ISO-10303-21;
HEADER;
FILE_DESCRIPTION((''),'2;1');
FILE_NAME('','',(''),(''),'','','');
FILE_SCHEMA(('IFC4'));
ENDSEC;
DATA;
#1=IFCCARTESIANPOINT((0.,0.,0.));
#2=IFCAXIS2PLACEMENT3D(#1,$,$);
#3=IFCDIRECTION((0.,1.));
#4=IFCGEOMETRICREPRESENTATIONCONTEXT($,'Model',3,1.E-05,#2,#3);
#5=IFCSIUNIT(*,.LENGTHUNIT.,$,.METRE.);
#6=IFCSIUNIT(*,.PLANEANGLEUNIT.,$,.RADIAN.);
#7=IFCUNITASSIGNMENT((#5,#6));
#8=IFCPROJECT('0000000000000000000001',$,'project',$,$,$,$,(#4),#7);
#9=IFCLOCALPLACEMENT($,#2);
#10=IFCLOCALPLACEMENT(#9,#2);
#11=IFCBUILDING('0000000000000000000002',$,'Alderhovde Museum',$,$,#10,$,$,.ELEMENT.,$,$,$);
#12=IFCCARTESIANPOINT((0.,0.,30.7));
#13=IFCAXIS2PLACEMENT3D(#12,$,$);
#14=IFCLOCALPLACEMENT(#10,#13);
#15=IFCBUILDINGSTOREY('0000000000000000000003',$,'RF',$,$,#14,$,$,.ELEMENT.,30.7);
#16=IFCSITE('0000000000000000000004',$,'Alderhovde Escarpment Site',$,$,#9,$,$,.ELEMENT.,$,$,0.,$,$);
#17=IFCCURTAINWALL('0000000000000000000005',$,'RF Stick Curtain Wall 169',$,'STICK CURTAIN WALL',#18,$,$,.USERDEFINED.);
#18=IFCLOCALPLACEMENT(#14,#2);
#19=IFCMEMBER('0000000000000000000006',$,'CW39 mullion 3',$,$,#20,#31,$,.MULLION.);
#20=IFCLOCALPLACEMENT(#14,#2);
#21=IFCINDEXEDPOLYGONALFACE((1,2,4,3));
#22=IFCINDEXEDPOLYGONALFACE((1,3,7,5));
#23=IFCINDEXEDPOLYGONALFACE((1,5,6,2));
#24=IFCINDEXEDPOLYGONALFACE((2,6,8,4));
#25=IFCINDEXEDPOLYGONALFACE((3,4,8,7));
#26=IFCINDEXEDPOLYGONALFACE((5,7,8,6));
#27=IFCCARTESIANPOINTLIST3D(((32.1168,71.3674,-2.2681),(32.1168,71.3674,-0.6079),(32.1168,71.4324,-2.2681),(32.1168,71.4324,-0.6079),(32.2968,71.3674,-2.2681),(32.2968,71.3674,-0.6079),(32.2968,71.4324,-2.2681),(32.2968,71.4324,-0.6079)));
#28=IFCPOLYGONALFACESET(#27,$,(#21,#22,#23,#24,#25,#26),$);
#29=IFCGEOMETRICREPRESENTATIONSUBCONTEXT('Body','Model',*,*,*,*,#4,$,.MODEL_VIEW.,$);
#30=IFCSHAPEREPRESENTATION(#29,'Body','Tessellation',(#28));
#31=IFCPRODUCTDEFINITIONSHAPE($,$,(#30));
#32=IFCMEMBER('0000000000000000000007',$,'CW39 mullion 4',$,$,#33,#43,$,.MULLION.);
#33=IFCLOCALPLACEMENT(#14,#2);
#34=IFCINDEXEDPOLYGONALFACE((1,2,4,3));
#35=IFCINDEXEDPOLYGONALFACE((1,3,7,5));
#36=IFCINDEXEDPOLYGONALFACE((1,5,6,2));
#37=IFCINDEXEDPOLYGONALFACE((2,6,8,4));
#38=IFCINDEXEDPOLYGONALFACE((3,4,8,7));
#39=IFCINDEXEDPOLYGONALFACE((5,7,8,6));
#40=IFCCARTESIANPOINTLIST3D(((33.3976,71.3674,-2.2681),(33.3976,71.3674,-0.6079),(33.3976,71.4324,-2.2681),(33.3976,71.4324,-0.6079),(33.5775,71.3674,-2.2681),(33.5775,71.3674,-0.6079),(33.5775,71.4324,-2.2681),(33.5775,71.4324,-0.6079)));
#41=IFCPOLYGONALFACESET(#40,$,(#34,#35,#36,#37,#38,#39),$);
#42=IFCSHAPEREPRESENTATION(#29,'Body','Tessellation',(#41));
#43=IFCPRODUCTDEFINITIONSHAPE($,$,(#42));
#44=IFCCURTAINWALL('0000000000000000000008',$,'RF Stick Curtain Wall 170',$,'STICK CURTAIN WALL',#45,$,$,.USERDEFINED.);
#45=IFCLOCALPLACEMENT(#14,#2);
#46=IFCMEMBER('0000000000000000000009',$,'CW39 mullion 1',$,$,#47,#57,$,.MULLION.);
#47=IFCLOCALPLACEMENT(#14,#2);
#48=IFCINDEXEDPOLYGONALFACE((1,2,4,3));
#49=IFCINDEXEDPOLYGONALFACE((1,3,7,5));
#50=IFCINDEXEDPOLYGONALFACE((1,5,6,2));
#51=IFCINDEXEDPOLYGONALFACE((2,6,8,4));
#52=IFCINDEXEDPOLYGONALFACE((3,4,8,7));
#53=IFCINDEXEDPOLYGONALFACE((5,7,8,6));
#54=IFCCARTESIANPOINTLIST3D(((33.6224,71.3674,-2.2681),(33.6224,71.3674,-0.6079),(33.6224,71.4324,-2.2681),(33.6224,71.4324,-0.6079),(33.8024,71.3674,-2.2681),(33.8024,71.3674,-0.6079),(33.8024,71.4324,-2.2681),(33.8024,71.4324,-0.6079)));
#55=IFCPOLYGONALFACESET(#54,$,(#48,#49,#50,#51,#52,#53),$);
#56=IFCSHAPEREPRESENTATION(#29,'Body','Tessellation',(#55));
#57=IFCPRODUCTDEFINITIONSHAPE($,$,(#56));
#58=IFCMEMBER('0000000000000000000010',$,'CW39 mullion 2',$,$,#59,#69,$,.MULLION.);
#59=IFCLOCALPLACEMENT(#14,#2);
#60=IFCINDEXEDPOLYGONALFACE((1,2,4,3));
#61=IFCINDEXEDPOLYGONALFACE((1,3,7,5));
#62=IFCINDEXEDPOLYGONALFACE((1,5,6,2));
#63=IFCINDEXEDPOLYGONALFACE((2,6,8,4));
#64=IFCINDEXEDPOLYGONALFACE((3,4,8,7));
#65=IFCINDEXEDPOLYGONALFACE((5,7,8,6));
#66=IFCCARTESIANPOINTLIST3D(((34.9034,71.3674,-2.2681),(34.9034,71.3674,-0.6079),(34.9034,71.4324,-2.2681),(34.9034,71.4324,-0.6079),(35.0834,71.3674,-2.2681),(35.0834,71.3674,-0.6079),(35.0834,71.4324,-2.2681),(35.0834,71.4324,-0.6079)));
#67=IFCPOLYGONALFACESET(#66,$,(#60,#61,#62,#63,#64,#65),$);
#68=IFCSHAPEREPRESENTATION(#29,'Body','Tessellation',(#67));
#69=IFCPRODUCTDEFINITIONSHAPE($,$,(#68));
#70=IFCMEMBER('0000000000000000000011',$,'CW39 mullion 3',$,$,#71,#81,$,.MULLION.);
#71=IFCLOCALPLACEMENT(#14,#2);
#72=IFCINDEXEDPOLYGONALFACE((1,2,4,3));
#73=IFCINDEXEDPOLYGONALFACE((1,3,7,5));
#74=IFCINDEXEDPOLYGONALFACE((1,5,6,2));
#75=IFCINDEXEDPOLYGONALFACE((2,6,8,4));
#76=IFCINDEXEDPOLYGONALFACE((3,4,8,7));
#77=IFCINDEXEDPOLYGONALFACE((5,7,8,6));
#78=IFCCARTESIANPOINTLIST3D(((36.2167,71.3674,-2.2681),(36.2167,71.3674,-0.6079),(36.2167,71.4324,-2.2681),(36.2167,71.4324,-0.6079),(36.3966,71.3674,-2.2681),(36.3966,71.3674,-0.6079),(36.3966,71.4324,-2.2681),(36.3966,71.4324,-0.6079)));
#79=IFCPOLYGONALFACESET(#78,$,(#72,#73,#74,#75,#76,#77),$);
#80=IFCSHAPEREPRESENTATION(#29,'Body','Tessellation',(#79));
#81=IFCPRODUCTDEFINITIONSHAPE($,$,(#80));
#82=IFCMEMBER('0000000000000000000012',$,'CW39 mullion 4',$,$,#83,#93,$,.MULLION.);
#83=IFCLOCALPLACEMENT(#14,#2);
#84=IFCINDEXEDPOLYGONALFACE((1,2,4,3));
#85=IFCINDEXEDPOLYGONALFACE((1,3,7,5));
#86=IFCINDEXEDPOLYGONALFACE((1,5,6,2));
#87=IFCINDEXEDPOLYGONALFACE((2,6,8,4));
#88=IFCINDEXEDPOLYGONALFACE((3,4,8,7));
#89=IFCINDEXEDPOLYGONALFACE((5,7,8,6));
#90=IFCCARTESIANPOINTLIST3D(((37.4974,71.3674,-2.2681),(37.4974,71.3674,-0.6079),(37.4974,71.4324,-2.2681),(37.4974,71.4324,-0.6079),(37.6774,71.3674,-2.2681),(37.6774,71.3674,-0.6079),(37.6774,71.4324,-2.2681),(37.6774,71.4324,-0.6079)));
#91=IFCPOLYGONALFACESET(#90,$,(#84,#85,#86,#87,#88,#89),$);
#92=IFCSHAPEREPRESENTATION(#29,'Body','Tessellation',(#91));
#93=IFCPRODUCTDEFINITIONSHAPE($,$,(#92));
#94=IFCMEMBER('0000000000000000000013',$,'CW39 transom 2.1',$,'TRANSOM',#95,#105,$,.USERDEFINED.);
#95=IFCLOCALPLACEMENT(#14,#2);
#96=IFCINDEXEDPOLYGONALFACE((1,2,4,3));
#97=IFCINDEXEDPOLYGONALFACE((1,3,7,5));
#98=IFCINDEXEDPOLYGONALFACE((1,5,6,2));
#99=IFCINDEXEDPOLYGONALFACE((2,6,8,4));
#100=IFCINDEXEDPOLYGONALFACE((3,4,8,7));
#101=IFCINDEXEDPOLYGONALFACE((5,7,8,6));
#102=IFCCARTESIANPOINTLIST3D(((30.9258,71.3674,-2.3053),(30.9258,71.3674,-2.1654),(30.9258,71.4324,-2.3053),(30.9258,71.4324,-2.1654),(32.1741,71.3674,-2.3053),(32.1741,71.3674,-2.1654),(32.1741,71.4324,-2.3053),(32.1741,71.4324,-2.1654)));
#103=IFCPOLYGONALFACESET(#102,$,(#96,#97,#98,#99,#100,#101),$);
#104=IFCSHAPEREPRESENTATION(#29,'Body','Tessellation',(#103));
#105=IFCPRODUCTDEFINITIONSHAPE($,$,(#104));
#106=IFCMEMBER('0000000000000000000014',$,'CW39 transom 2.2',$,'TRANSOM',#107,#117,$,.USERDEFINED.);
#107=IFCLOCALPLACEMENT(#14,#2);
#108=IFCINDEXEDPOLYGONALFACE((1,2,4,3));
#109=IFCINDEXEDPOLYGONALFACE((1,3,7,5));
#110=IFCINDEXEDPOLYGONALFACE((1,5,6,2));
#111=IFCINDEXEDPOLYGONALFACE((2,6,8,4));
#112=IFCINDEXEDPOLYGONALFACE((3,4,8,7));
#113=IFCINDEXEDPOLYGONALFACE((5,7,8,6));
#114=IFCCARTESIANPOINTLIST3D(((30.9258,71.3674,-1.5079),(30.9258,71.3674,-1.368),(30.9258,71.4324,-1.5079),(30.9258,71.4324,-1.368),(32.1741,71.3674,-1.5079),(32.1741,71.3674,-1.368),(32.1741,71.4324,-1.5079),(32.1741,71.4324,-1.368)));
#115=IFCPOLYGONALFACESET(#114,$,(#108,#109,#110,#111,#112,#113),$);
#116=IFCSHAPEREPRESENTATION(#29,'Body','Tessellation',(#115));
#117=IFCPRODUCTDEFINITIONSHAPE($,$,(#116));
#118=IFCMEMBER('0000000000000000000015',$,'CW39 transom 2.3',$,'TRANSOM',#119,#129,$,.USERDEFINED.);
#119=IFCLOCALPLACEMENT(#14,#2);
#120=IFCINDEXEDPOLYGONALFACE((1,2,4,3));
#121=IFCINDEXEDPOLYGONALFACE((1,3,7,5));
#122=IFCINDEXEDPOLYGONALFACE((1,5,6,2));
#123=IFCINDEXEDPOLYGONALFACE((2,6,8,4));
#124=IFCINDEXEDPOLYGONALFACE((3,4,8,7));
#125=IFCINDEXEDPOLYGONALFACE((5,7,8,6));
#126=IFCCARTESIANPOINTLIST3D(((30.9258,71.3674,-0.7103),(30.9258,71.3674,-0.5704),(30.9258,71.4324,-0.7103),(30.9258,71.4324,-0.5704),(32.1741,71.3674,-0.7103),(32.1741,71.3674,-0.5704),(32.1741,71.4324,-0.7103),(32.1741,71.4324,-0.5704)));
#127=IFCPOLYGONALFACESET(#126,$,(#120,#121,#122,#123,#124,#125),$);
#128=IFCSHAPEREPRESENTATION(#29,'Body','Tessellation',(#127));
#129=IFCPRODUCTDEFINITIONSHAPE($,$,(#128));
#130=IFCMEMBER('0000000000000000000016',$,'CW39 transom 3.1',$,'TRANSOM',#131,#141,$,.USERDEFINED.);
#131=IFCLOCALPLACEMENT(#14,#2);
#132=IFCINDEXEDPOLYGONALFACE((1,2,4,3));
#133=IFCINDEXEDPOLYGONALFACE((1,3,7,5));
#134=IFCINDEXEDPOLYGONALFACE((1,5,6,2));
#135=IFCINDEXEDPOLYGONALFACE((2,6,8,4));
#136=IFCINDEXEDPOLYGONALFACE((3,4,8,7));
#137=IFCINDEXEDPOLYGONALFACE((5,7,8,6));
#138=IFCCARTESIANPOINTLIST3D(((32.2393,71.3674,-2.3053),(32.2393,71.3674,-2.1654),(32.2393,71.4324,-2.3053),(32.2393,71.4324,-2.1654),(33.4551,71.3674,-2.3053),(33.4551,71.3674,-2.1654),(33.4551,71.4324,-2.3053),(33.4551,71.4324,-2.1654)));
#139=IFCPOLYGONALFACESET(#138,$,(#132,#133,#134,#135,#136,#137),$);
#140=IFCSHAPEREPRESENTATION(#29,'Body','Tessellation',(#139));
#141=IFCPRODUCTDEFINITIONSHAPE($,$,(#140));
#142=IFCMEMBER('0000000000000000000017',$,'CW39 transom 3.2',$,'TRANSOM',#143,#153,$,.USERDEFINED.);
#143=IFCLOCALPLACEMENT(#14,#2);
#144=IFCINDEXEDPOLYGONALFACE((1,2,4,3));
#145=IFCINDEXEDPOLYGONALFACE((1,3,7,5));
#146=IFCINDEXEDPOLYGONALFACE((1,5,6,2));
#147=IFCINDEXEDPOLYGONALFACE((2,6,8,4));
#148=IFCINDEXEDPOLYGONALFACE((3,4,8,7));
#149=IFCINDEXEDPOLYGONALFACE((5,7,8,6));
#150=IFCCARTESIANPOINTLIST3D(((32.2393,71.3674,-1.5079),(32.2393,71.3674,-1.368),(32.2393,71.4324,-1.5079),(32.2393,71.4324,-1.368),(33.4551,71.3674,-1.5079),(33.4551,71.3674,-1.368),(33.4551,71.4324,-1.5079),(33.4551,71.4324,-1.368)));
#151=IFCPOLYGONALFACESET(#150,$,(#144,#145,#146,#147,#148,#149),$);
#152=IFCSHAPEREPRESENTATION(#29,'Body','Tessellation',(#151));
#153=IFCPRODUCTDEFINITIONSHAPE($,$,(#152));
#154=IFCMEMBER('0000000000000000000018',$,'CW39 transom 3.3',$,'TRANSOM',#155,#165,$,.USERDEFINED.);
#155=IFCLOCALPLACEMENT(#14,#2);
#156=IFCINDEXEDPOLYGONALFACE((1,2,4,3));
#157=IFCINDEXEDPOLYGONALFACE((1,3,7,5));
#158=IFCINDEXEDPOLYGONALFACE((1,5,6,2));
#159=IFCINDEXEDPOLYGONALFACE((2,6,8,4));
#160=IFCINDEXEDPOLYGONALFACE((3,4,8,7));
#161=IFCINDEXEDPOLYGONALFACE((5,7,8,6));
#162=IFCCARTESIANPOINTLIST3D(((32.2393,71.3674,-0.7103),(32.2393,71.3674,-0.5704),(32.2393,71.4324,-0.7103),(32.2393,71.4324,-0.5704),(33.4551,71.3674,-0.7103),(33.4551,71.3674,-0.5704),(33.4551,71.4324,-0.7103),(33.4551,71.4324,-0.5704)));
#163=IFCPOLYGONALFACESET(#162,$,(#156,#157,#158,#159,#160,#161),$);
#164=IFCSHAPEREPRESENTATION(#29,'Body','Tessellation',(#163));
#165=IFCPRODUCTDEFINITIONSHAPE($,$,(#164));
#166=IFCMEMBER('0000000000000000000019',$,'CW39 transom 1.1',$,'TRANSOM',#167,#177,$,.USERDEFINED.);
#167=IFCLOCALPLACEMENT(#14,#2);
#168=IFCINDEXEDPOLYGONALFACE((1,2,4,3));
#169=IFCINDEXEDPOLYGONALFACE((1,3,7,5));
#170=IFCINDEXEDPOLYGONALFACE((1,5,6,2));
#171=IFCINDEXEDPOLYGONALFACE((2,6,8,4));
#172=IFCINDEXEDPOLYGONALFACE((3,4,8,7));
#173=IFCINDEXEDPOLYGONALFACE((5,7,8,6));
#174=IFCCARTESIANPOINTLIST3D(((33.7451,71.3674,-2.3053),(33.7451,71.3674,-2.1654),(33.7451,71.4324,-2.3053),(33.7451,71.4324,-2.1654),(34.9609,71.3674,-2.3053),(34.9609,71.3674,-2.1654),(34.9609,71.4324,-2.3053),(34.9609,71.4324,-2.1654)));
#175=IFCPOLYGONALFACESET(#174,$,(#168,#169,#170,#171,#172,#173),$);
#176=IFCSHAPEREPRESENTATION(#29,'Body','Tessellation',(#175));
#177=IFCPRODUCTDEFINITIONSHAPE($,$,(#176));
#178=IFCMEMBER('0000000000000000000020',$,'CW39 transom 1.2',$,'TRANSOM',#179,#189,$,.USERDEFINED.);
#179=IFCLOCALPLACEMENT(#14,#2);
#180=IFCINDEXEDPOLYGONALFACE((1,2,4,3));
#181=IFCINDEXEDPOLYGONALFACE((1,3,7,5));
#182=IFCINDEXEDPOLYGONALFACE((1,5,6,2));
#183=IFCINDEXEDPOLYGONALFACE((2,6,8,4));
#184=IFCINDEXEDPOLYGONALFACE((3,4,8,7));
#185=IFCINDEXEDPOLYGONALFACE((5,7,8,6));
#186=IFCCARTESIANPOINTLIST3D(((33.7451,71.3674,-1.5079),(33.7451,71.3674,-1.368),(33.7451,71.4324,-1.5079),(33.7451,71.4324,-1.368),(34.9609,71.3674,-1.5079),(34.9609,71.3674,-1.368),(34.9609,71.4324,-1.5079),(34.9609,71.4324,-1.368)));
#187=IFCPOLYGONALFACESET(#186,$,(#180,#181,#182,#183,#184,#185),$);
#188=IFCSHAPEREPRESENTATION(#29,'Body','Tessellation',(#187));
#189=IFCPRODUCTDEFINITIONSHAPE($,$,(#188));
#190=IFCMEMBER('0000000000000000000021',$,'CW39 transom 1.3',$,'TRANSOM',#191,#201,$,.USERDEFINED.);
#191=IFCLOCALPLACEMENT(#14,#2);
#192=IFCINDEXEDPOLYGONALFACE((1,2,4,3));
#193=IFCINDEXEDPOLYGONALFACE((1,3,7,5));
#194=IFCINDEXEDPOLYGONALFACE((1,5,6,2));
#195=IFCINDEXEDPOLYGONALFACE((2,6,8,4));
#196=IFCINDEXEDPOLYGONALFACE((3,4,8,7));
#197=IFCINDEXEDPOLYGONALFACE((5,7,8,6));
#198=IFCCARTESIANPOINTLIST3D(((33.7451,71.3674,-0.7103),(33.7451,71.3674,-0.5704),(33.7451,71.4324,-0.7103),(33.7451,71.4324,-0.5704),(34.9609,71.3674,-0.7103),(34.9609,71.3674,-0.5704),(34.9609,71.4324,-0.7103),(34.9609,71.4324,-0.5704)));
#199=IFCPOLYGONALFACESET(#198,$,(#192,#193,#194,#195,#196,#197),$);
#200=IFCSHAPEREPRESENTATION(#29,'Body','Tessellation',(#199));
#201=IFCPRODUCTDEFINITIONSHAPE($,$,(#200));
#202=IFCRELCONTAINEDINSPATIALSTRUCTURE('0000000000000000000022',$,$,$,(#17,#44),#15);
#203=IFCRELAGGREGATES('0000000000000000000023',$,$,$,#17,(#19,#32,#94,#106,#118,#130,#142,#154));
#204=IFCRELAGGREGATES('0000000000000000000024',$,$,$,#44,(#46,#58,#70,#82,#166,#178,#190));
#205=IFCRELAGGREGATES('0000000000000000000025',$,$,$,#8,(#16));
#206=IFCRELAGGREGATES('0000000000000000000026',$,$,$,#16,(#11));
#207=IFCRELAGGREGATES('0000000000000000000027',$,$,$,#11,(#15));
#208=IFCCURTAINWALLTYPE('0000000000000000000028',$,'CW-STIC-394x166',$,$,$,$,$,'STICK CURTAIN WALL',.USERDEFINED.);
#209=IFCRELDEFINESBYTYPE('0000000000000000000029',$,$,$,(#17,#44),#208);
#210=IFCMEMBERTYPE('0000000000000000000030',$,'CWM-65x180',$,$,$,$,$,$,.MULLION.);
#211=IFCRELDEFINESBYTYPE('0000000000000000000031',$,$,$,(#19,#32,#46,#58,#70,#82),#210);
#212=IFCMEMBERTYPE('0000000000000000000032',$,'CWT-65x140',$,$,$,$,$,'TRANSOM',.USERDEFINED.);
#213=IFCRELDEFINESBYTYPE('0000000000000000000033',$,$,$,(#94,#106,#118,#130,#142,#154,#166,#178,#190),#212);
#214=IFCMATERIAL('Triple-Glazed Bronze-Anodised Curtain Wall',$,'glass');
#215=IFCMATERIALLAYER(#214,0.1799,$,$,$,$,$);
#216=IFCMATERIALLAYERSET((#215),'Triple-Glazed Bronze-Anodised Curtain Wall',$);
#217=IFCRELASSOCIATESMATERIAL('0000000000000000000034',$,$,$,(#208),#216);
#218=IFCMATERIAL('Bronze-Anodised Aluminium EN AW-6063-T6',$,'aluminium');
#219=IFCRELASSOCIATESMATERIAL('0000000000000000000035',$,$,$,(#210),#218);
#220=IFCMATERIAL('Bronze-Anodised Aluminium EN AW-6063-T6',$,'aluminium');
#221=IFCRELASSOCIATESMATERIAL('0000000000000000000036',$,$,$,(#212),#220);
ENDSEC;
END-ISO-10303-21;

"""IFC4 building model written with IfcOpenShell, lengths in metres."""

from ifc_helpers import new_model, si_unit, direction, frame, origin, origin_2d, place, context, subcontext, project, spatial, rectangle, extrude, material, layer, layer_set, material_profile, profile_set, type_object, element, aggregate, save


model = new_model("IFC4")

# Units and contexts
model_context = context("Model", 3, precision=1e-05, world=origin(), true_north=direction((0.0, 1.0)))
body_context = subcontext(model_context, "Body", "Model", "MODEL_VIEW")
ifc_project = project(units=[si_unit("LENGTHUNIT", "METRE"), si_unit("PLANEANGLEUNIT", "RADIAN")], contexts=[model_context])

# Site, building, storey
site_placement = place(None, origin())
site = spatial("IfcSite", under=ifc_project, at=site_placement, Name="Alderhovde Escarpment Site", CompositionType="ELEMENT", RefElevation=0.0)
building_placement = place(site_placement, origin())
building = spatial("IfcBuilding", under=site, at=building_placement, Name="Alderhovde Museum", CompositionType="ELEMENT")
storey_placement = place(building_placement, frame((0.0, 0.0, 30.7)))
storey = spatial("IfcBuildingStorey", under=building, at=storey_placement, Name="RF", CompositionType="ELEMENT", Elevation=30.7)

# Curtain walls, members
ifc_material_1 = material(Name="Triple-Glazed Bronze-Anodised Curtain Wall", Category="glass")
ifc_layer_1 = layer(ifc_material_1, 0.1799)
ifc_layer_set_1 = layer_set([ifc_layer_1], Name="Triple-Glazed Bronze-Anodised Curtain Wall")
curtain_wall_type = type_object("IfcCurtainWallType", Name="CW-STIC-394x166", ElementType="STICK CURTAIN WALL", PredefinedType="USERDEFINED", material=ifc_layer_set_1)
curtain_wall_1_placement = place(storey_placement, origin())
curtain_wall_1 = element("IfcCurtainWall", 1, at=curtain_wall_1_placement, inside=storey, type_object=curtain_wall_type, Name="RF Stick Curtain Wall 169", ObjectType="STICK CURTAIN WALL", PredefinedType="USERDEFINED")
ifc_material_2 = material(Name="Bronze-Anodised Aluminium EN AW-6063-T6", Category="aluminium")
ifc_material_profile_1 = material_profile(ifc_material_2, rectangle(XDim=0.0649, YDim=0.1799, at=origin_2d()), Name="MULLION 65x180")
ifc_profile_set_1 = profile_set([ifc_material_profile_1], Name="Bronze-Anodised Aluminium EN AW-6063-T6")
member_type_1 = type_object("IfcMemberType", Name="CWM-65x180", PredefinedType="MULLION", material=ifc_profile_set_1)
member_1_placement = place(storey_placement, frame((32.2068, 71.3999, -2.2681), z_axis=(0.0, 0.0, 1.0), x_axis=(0.0, 1.0, 0.0)))
member_1 = element("IfcMember", 2, at=member_1_placement, type_object=member_type_1, Name="CW39 mullion 3", PredefinedType="MULLION", context=body_context, shape_type="SweptSolid", body=[
    extrude(rectangle(XDim=0.0649, YDim=0.1799, at=origin_2d()), origin(), (0.0, 0.0, 1.0), 1.6602),
])
member_2_placement = place(storey_placement, frame((33.4875, 71.3999, -2.2681), z_axis=(0.0, 0.0, 1.0), x_axis=(0.0, 1.0, 0.0)))
member_2 = element("IfcMember", 3, at=member_2_placement, type_object=member_type_1, Name="CW39 mullion 4", PredefinedType="MULLION", context=body_context, shape_type="SweptSolid", body=[
    extrude(rectangle(XDim=0.0649, YDim=0.1799, at=origin_2d()), origin(), (0.0, 0.0, 1.0), 1.6602),
])
curtain_wall_2_placement = place(storey_placement, origin())
curtain_wall_2 = element("IfcCurtainWall", 4, at=curtain_wall_2_placement, inside=storey, type_object=curtain_wall_type, Name="RF Stick Curtain Wall 170", ObjectType="STICK CURTAIN WALL", PredefinedType="USERDEFINED")
member_3_placement = place(storey_placement, frame((33.7124, 71.3999, -2.2681), z_axis=(0.0, 0.0, 1.0), x_axis=(0.0, 1.0, 0.0)))
member_3 = element("IfcMember", 5, at=member_3_placement, type_object=member_type_1, Name="CW39 mullion 1", PredefinedType="MULLION", context=body_context, shape_type="SweptSolid", body=[
    extrude(rectangle(XDim=0.0649, YDim=0.1799, at=origin_2d()), origin(), (0.0, 0.0, 1.0), 1.6602),
])
member_4_placement = place(storey_placement, frame((34.9934, 71.3999, -2.2681), z_axis=(0.0, 0.0, 1.0), x_axis=(0.0, 1.0, 0.0)))
member_4 = element("IfcMember", 6, at=member_4_placement, type_object=member_type_1, Name="CW39 mullion 2", PredefinedType="MULLION", context=body_context, shape_type="SweptSolid", body=[
    extrude(rectangle(XDim=0.0649, YDim=0.1799, at=origin_2d()), origin(), (0.0, 0.0, 1.0), 1.6602),
])
member_5_placement = place(storey_placement, frame((36.3066, 71.3999, -2.2681), z_axis=(0.0, 0.0, 1.0), x_axis=(0.0, 1.0, 0.0)))
member_5 = element("IfcMember", 7, at=member_5_placement, type_object=member_type_1, Name="CW39 mullion 3", PredefinedType="MULLION", context=body_context, shape_type="SweptSolid", body=[
    extrude(rectangle(XDim=0.0649, YDim=0.1799, at=origin_2d()), origin(), (0.0, 0.0, 1.0), 1.6602),
])
member_6_placement = place(storey_placement, frame((37.5874, 71.3999, -2.2681), z_axis=(0.0, 0.0, 1.0), x_axis=(0.0, 1.0, 0.0)))
member_6 = element("IfcMember", 8, at=member_6_placement, type_object=member_type_1, Name="CW39 mullion 4", PredefinedType="MULLION", context=body_context, shape_type="SweptSolid", body=[
    extrude(rectangle(XDim=0.0649, YDim=0.1799, at=origin_2d()), origin(), (0.0, 0.0, 1.0), 1.6602),
])

# Members
ifc_material_3 = material(Name="Bronze-Anodised Aluminium EN AW-6063-T6", Category="aluminium")
ifc_material_profile_2 = material_profile(ifc_material_3, rectangle(XDim=0.0649, YDim=0.1399, at=origin_2d()), Name="TRANSOM 65x140")
ifc_profile_set_2 = profile_set([ifc_material_profile_2], Name="Bronze-Anodised Aluminium EN AW-6063-T6")
member_type_2 = type_object("IfcMemberType", Name="CWT-65x140", ElementType="TRANSOM", PredefinedType="USERDEFINED", material=ifc_profile_set_2)
member_7_placement = place(storey_placement, frame((30.9258, 71.3999, -2.2354), z_axis=(1.0, 0.0, 0.0), x_axis=(0.0, 1.0, 0.0)))
member_7 = element("IfcMember", 9, at=member_7_placement, type_object=member_type_2, Name="CW39 transom 2.1", ObjectType="TRANSOM", PredefinedType="USERDEFINED", context=body_context, shape_type="SweptSolid", body=[
    extrude(rectangle(XDim=0.0649, YDim=0.1399, at=origin_2d()), origin(), (0.0, 0.0, 1.0), 1.2483),
])
member_8_placement = place(storey_placement, frame((30.9258, 71.3999, -1.438), z_axis=(1.0, 0.0, 0.0), x_axis=(0.0, 1.0, 0.0)))
member_8 = element("IfcMember", 10, at=member_8_placement, type_object=member_type_2, Name="CW39 transom 2.2", ObjectType="TRANSOM", PredefinedType="USERDEFINED", context=body_context, shape_type="SweptSolid", body=[
    extrude(rectangle(XDim=0.0649, YDim=0.1399, at=origin_2d()), origin(), (0.0, 0.0, 1.0), 1.2483),
])
member_9_placement = place(storey_placement, frame((30.9258, 71.3999, -0.6404), z_axis=(1.0, 0.0, 0.0), x_axis=(0.0, 1.0, 0.0)))
member_9 = element("IfcMember", 11, at=member_9_placement, type_object=member_type_2, Name="CW39 transom 2.3", ObjectType="TRANSOM", PredefinedType="USERDEFINED", context=body_context, shape_type="SweptSolid", body=[
    extrude(rectangle(XDim=0.0649, YDim=0.1399, at=origin_2d()), origin(), (0.0, 0.0, 1.0), 1.2483),
])
member_10_placement = place(storey_placement, frame((32.2393, 71.3999, -2.2354), z_axis=(1.0, 0.0, 0.0), x_axis=(0.0, 1.0, 0.0)))
member_10 = element("IfcMember", 12, at=member_10_placement, type_object=member_type_2, Name="CW39 transom 3.1", ObjectType="TRANSOM", PredefinedType="USERDEFINED", context=body_context, shape_type="SweptSolid", body=[
    extrude(rectangle(XDim=0.0649, YDim=0.1399, at=origin_2d()), origin(), (0.0, 0.0, 1.0), 1.2158),
])
member_11_placement = place(storey_placement, frame((32.2393, 71.3999, -1.438), z_axis=(1.0, 0.0, 0.0), x_axis=(0.0, 1.0, 0.0)))
member_11 = element("IfcMember", 13, at=member_11_placement, type_object=member_type_2, Name="CW39 transom 3.2", ObjectType="TRANSOM", PredefinedType="USERDEFINED", context=body_context, shape_type="SweptSolid", body=[
    extrude(rectangle(XDim=0.0649, YDim=0.1399, at=origin_2d()), origin(), (0.0, 0.0, 1.0), 1.2158),
])
member_12_placement = place(storey_placement, frame((32.2393, 71.3999, -0.6404), z_axis=(1.0, 0.0, 0.0), x_axis=(0.0, 1.0, 0.0)))
member_12 = element("IfcMember", 14, at=member_12_placement, type_object=member_type_2, Name="CW39 transom 3.3", ObjectType="TRANSOM", PredefinedType="USERDEFINED", context=body_context, shape_type="SweptSolid", body=[
    extrude(rectangle(XDim=0.0649, YDim=0.1399, at=origin_2d()), origin(), (0.0, 0.0, 1.0), 1.2158),
])
member_13_placement = place(storey_placement, frame((33.7451, 71.3999, -2.2354), z_axis=(1.0, 0.0, 0.0), x_axis=(0.0, 1.0, 0.0)))
member_13 = element("IfcMember", 15, at=member_13_placement, type_object=member_type_2, Name="CW39 transom 1.1", ObjectType="TRANSOM", PredefinedType="USERDEFINED", context=body_context, shape_type="SweptSolid", body=[
    extrude(rectangle(XDim=0.0649, YDim=0.1399, at=origin_2d()), origin(), (0.0, 0.0, 1.0), 1.2158),
])
member_14_placement = place(storey_placement, frame((33.7451, 71.3999, -1.438), z_axis=(1.0, 0.0, 0.0), x_axis=(0.0, 1.0, 0.0)))
member_14 = element("IfcMember", 16, at=member_14_placement, type_object=member_type_2, Name="CW39 transom 1.2", ObjectType="TRANSOM", PredefinedType="USERDEFINED", context=body_context, shape_type="SweptSolid", body=[
    extrude(rectangle(XDim=0.0649, YDim=0.1399, at=origin_2d()), origin(), (0.0, 0.0, 1.0), 1.2158),
])
member_15_placement = place(storey_placement, frame((33.7451, 71.3999, -0.6404), z_axis=(1.0, 0.0, 0.0), x_axis=(0.0, 1.0, 0.0)))
member_15 = element("IfcMember", 17, at=member_15_placement, type_object=member_type_2, Name="CW39 transom 1.3", ObjectType="TRANSOM", PredefinedType="USERDEFINED", context=body_context, shape_type="SweptSolid", body=[
    extrude(rectangle(XDim=0.0649, YDim=0.1399, at=origin_2d()), origin(), (0.0, 0.0, 1.0), 1.2158),
])

aggregate(curtain_wall_1, [member_1, member_2, member_7, member_8, member_9, member_10, member_11, member_12])
aggregate(curtain_wall_2, [member_3, member_4, member_5, member_6, member_13, member_14, member_15])

save(model, "model.ifc")
